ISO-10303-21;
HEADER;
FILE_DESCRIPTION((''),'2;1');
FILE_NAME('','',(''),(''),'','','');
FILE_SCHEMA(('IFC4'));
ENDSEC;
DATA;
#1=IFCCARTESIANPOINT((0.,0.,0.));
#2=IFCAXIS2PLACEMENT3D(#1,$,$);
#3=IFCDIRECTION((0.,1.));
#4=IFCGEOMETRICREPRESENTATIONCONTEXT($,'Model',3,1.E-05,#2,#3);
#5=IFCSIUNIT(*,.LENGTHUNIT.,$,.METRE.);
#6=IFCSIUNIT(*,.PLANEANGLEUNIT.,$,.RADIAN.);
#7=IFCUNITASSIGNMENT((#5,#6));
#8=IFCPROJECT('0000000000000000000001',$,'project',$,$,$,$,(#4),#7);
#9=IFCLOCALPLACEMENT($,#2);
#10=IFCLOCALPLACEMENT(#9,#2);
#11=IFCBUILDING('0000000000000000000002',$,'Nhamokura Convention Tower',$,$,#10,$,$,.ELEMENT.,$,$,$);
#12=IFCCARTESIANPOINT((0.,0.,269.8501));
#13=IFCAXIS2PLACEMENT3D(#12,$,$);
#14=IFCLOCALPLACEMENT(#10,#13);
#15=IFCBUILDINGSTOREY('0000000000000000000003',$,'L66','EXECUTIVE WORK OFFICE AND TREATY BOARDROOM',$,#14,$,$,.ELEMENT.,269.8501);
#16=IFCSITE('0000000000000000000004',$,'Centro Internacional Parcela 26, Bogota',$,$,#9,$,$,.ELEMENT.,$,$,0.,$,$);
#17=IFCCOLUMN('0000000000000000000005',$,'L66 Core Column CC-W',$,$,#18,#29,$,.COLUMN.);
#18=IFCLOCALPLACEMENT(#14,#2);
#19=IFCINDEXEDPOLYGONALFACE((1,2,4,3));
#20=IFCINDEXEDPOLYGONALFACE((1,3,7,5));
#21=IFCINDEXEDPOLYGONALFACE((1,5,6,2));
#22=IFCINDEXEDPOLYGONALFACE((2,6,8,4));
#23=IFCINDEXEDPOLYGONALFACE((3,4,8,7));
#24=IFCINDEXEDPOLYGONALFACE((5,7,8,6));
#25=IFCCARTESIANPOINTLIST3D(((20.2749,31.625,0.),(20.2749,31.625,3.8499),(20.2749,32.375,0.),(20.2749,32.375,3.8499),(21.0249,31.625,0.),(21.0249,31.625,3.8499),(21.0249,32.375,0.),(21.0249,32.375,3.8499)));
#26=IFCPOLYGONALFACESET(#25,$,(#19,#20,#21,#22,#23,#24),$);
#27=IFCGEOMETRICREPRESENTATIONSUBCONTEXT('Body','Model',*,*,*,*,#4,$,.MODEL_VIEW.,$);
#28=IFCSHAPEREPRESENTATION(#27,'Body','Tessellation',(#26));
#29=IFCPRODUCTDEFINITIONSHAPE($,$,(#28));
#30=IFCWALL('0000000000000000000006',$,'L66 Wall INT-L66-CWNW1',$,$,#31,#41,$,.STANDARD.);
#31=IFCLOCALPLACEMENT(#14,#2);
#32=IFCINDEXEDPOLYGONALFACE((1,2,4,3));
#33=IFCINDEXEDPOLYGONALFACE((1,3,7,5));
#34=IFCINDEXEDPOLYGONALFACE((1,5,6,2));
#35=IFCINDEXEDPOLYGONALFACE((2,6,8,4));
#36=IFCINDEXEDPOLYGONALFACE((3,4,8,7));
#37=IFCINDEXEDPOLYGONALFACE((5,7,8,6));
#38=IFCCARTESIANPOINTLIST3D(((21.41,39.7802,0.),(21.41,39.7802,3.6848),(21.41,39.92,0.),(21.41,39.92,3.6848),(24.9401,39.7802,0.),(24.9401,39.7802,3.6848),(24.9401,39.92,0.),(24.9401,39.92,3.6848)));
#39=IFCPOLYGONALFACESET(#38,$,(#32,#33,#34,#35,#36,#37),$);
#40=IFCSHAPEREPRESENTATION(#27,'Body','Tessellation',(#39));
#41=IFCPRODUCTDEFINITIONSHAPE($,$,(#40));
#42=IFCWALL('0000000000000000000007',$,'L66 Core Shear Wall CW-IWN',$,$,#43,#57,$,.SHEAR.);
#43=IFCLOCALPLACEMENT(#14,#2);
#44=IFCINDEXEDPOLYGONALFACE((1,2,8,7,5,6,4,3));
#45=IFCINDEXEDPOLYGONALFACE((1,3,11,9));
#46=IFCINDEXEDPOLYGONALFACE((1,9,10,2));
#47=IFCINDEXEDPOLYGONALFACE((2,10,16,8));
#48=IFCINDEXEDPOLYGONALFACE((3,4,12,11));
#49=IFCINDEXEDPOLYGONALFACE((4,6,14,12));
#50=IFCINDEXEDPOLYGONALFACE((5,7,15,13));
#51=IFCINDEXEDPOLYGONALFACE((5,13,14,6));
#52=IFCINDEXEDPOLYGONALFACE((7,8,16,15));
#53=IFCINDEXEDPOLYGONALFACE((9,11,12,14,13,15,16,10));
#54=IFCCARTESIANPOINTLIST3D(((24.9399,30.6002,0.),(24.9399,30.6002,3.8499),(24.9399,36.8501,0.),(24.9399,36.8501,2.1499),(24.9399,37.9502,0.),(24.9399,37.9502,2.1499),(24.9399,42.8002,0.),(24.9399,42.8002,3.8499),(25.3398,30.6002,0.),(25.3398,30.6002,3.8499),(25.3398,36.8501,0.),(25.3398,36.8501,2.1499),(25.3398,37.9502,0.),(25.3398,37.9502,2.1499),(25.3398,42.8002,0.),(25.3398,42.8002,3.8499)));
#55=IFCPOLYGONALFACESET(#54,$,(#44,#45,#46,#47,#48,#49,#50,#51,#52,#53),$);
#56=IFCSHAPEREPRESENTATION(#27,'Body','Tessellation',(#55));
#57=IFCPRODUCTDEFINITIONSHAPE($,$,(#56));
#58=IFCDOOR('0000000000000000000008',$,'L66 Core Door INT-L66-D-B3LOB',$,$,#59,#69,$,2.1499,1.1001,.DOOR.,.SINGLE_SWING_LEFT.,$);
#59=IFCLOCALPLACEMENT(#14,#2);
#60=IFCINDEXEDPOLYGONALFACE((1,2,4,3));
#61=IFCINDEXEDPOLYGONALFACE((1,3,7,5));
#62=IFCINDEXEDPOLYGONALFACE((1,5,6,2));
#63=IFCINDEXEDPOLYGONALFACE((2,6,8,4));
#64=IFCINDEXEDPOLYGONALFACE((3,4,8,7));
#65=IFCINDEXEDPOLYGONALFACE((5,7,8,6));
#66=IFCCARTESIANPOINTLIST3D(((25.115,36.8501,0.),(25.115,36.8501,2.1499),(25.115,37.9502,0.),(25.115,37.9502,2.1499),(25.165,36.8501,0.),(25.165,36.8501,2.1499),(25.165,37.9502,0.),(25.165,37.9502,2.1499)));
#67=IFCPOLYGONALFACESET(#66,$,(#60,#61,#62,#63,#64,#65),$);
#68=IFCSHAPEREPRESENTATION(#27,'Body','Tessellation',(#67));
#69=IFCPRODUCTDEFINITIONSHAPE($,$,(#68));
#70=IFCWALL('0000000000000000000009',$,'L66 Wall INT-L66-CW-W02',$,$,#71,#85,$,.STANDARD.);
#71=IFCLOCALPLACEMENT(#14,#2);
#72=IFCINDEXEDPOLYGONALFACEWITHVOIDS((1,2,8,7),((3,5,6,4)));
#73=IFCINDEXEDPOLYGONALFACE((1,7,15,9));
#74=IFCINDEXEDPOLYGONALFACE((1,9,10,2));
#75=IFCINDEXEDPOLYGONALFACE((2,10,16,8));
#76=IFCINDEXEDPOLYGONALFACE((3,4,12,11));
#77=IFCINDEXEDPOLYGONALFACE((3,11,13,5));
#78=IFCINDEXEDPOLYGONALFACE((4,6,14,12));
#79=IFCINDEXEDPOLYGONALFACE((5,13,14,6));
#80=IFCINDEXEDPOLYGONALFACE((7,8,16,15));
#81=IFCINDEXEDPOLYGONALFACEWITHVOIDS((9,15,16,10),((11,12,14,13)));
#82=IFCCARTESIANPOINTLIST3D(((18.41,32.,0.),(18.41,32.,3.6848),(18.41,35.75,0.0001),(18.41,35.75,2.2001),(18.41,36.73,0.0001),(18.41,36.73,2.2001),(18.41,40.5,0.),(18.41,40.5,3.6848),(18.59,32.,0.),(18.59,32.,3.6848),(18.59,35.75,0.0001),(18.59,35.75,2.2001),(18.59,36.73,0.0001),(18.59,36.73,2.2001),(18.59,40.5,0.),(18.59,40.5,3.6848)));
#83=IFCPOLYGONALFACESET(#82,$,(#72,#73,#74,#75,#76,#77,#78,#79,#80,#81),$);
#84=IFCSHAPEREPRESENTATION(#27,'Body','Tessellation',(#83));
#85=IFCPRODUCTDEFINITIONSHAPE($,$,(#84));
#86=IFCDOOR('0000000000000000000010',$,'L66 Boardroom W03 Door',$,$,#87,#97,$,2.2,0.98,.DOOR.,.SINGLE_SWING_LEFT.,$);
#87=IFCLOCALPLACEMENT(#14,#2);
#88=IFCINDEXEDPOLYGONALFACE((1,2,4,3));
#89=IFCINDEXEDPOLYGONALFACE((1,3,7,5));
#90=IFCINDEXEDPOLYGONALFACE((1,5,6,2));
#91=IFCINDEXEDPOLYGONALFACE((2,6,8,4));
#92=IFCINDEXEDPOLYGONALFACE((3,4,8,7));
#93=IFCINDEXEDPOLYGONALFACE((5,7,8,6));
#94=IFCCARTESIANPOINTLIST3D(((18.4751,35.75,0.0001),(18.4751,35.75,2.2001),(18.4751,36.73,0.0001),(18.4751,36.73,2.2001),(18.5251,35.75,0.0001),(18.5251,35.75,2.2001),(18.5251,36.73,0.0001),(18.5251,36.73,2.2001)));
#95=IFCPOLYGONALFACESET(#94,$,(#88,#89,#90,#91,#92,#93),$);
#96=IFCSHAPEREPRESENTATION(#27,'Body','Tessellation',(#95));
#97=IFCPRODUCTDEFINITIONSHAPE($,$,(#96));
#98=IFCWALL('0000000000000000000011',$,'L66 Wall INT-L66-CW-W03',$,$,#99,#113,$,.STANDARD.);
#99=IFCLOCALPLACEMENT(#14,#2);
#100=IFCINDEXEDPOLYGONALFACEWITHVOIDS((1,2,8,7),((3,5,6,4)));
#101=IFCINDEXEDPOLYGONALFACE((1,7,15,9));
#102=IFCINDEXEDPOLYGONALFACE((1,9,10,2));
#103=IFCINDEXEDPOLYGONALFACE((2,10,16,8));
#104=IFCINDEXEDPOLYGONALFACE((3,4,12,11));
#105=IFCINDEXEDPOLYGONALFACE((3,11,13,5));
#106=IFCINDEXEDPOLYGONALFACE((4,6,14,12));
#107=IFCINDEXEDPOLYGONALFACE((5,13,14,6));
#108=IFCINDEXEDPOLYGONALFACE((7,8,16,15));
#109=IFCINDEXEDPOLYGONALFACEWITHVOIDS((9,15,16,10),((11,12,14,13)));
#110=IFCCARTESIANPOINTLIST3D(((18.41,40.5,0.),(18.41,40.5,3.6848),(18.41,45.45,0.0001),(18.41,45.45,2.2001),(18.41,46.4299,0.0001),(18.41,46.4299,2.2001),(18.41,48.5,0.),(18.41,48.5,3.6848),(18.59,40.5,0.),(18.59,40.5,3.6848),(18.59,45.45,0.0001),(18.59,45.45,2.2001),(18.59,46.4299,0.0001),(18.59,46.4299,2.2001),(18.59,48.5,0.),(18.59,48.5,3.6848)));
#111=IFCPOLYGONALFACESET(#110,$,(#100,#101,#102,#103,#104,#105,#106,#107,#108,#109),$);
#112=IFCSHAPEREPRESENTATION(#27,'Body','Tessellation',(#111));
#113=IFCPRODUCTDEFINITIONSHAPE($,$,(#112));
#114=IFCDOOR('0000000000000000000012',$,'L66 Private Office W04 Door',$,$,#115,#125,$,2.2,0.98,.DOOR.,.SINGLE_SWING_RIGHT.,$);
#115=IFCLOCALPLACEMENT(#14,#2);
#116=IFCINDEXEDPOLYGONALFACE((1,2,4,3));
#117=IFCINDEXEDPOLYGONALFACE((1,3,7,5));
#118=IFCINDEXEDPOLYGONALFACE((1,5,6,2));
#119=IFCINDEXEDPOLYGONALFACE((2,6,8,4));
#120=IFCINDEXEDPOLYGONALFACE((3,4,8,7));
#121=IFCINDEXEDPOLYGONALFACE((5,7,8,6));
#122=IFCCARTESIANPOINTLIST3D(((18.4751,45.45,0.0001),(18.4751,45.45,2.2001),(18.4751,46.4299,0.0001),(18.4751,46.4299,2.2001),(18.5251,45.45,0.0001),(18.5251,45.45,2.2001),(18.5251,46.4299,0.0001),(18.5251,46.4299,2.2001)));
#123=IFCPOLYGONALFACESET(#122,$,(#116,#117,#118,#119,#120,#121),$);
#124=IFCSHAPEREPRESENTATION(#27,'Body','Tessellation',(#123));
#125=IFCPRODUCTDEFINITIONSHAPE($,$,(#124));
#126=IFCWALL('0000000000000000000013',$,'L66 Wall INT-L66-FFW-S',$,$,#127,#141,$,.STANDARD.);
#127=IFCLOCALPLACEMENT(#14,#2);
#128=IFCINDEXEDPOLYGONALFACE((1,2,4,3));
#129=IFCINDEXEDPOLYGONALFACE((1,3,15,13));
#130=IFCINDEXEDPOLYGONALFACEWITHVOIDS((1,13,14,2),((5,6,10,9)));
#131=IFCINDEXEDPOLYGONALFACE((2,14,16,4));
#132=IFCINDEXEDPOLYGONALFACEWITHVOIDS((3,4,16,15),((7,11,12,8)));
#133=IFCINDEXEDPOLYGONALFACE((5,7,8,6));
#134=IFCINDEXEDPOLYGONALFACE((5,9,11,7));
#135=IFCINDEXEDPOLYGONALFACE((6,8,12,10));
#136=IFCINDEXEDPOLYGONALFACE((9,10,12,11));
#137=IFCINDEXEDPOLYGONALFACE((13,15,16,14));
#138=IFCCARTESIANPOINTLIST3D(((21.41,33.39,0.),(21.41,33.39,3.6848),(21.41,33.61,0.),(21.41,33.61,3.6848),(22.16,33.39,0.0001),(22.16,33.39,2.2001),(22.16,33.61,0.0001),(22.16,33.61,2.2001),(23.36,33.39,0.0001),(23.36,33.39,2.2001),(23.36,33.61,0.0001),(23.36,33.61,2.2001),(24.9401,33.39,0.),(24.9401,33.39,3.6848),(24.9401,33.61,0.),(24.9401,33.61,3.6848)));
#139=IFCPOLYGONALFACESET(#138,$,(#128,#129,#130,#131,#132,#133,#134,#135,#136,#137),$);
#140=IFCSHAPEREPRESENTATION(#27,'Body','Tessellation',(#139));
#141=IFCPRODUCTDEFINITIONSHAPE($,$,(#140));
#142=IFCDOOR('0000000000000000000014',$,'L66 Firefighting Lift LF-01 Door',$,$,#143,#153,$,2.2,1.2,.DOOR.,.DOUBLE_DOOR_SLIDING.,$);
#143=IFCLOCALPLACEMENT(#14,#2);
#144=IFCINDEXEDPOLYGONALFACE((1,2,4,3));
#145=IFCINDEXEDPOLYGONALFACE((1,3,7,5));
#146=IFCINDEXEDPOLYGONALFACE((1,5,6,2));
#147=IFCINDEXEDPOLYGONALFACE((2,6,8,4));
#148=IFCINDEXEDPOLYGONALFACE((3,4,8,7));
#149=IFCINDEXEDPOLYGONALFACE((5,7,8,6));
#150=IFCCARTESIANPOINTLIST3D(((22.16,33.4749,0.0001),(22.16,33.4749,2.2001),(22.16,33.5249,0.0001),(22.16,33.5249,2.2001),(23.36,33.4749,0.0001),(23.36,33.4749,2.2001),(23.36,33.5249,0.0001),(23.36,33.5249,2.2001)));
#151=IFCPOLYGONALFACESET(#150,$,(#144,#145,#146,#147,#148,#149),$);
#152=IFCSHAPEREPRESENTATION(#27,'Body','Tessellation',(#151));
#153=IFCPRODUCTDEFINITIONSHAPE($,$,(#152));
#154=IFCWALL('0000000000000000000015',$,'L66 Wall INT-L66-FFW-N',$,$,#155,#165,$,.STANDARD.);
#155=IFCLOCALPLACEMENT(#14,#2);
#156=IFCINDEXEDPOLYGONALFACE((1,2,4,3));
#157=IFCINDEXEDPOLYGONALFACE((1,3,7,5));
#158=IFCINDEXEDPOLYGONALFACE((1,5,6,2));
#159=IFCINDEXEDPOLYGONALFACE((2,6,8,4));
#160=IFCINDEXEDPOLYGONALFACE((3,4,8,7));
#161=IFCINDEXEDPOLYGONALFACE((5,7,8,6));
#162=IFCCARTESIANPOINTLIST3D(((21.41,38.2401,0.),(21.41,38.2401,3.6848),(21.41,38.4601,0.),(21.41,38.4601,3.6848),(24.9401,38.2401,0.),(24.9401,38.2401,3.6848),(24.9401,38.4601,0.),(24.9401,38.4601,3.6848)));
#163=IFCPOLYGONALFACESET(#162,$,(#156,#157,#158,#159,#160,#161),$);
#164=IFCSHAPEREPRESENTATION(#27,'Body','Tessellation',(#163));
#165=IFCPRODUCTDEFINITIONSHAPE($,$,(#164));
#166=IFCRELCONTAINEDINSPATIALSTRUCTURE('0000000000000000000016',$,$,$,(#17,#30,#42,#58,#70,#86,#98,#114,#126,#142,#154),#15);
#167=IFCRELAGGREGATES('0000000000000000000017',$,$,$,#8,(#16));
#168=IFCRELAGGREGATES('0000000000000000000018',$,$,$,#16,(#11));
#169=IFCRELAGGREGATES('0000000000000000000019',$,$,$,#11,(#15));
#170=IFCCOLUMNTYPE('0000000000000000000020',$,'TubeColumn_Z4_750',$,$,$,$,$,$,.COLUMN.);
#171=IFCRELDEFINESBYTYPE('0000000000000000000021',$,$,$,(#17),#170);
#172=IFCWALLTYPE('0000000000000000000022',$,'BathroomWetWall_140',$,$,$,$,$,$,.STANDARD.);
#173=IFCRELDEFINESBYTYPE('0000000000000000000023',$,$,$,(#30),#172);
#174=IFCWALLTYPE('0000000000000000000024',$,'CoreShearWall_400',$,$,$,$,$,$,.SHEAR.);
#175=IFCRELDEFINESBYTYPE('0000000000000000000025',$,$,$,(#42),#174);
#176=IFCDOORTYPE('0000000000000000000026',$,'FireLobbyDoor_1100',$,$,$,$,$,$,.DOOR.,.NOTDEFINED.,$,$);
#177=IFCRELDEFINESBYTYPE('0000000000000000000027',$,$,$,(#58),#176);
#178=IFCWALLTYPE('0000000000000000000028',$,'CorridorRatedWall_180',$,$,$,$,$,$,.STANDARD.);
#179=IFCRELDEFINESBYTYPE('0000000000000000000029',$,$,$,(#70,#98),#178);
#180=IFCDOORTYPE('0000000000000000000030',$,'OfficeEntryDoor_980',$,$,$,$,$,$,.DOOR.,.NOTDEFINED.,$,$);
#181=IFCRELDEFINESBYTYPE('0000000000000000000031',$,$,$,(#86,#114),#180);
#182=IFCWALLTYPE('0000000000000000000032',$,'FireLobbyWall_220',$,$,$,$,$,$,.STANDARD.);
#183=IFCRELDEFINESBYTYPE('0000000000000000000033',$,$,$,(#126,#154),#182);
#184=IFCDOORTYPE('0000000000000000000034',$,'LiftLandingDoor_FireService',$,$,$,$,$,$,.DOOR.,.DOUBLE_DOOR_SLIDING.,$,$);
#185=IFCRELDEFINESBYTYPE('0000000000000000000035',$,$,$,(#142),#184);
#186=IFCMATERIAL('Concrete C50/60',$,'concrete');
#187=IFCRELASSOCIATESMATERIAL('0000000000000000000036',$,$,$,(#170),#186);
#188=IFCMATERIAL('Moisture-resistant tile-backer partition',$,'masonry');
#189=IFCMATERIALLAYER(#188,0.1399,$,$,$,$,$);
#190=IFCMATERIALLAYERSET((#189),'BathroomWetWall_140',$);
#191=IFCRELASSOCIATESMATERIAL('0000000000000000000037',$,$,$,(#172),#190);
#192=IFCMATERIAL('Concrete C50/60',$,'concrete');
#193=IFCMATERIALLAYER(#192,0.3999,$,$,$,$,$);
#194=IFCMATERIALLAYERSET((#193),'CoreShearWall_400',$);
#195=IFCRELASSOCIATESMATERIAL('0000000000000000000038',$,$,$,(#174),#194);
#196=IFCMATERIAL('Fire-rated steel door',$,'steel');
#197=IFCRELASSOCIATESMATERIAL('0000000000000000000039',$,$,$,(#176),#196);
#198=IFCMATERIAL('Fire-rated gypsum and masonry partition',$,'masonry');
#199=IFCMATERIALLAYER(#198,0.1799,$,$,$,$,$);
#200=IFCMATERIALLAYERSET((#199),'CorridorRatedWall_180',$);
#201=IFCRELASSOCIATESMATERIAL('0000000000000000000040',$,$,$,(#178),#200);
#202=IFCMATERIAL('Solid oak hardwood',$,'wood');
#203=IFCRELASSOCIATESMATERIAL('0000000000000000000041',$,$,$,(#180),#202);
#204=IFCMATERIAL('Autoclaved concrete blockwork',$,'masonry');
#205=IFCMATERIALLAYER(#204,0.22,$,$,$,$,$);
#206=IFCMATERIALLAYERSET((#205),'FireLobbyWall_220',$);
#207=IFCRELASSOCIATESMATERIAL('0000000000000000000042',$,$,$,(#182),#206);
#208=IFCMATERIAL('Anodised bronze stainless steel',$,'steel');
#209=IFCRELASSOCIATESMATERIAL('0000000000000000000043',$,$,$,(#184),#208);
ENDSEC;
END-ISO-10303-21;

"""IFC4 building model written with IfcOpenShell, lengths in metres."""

from ifc_helpers import new_model, si_unit, direction, frame, frame_2d, origin, origin_2d, place, context, subcontext, project, spatial, rectangle, extrude, material, layer, layer_set, material_profile, profile_set, type_object, element, fill, save


model = new_model("IFC4")

# Units and contexts
model_context = context("Model", 3, precision=1e-05, world=origin(), true_north=direction((0.0, 1.0)))
body_context = subcontext(model_context, "Body", "Model", "MODEL_VIEW")
ifc_project = project(units=[si_unit("LENGTHUNIT", "METRE"), si_unit("PLANEANGLEUNIT", "RADIAN")], contexts=[model_context])

# Site, building, storey
site_placement = place(None, origin())
site = spatial("IfcSite", under=ifc_project, at=site_placement, Name="Centro Internacional Parcela 26, Bogota", CompositionType="ELEMENT", RefElevation=0.0)
building_placement = place(site_placement, origin())
building = spatial("IfcBuilding", under=site, at=building_placement, Name="Nhamokura Convention Tower", CompositionType="ELEMENT")
storey_placement = place(building_placement, frame((0.0, 0.0, 269.8501)))
storey = spatial("IfcBuildingStorey", under=building, at=storey_placement, Name="L66", Description="EXECUTIVE WORK OFFICE AND TREATY BOARDROOM", CompositionType="ELEMENT", Elevation=269.8501)

# Column
ifc_material_1 = material(Name="Concrete C50/60", Category="concrete")
ifc_material_profile = material_profile(ifc_material_1, rectangle(XDim=0.75, YDim=0.75, at=origin_2d()))
ifc_profile_set = profile_set([ifc_material_profile], Name="Concrete C50/60")
column_type = type_object("IfcColumnType", Name="TubeColumn_Z4_750", PredefinedType="COLUMN", material=ifc_profile_set)
column_placement = place(storey_placement, frame((20.6499, 32.0, 0.0), z_axis=(0.0, 0.0, 1.0), x_axis=(1.0, 0.0, 0.0)))
element("IfcColumn", 1, at=column_placement, inside=storey, type_object=column_type, Name="L66 Core Column CC-W", PredefinedType="COLUMN", context=body_context, shape_type="SweptSolid", body=[
    extrude(rectangle(XDim=0.75, YDim=0.75, at=origin_2d()), origin(), (0.0, 0.0, 1.0), 3.8499),
])

# Wall
ifc_material_2 = material(Name="Moisture-resistant tile-backer partition", Category="masonry")
ifc_layer_1 = layer(ifc_material_2, 0.1399)
ifc_layer_set_1 = layer_set([ifc_layer_1], Name="BathroomWetWall_140")
wall_type_1 = type_object("IfcWallType", Name="BathroomWetWall_140", PredefinedType="STANDARD", material=ifc_layer_set_1)
wall_1_placement = place(storey_placement, frame((21.4099, 39.8501, 0.0), z_axis=(0.0, 0.0, 1.0), x_axis=(1.0, 0.0, 0.0)))
element("IfcWall", 2, at=wall_1_placement, inside=storey, type_object=wall_type_1, Name="L66 Wall INT-L66-CWNW1", PredefinedType="STANDARD", context=body_context, shape_type="SweptSolid", body=[
    extrude(rectangle(XDim=3.53, YDim=0.1399, at=frame_2d((1.7651, 0.0))), origin(), (0.0, 0.0, 1.0), 3.6848),
])

# Walls, openings, doors
ifc_material_3 = material(Name="Concrete C50/60", Category="concrete")
ifc_layer_2 = layer(ifc_material_3, 0.3999)
ifc_layer_set_2 = layer_set([ifc_layer_2], Name="CoreShearWall_400")
wall_type_2 = type_object("IfcWallType", Name="CoreShearWall_400", PredefinedType="SHEAR", material=ifc_layer_set_2)
wall_2_placement = place(storey_placement, frame((25.1399, 30.6001, 0.0), z_axis=(0.0, 0.0, 1.0), x_axis=(0.0, 1.0, 0.0)))
wall_2 = element("IfcWall", 3, at=wall_2_placement, inside=storey, type_object=wall_type_2, Name="L66 Core Shear Wall CW-IWN", PredefinedType="SHEAR", context=body_context, shape_type="SweptSolid", body=[
    extrude(rectangle(XDim=12.2, YDim=0.3999, at=frame_2d((6.1001, 0.0))), origin(), (0.0, 0.0, 1.0), 3.8499),
])
opening_1_placement = place(wall_2_placement, frame((6.25, 0.0, 0.0)))
opening_1 = element("IfcOpeningElement", 4, at=opening_1_placement, cuts=wall_2, PredefinedType="OPENING", context=body_context, shape_type="SweptSolid", body=[
    extrude(rectangle(XDim=1.1001, YDim=2.1499, at=frame_2d((0.55, 1.075))), frame((0.0, 0.21, 0.0), z_axis=(0.0, -1.0, 0.0), x_axis=(1.0, 0.0, 0.0)), (0.0, 0.0, 1.0), 0.4199),
])
ifc_material_4 = material(Name="Fire-rated steel door", Category="steel")
door_type_1 = type_object("IfcDoorType", Name="FireLobbyDoor_1100", OperationType="NOTDEFINED", PredefinedType="DOOR", material=ifc_material_4)
door_1_placement = place(opening_1_placement, origin())
door_1 = element("IfcDoor", 5, at=door_1_placement, inside=storey, type_object=door_type_1, Name="L66 Core Door INT-L66-D-B3LOB", OperationType="SINGLE_SWING_LEFT", OverallHeight=2.1499, OverallWidth=1.1001, PredefinedType="DOOR", context=body_context, shape_type="SweptSolid", body=[
    extrude(rectangle(XDim=1.1001, YDim=2.1499, at=frame_2d((0.55, 1.075))), frame((0.0, 0.0249, 0.0), z_axis=(0.0, -1.0, 0.0), x_axis=(1.0, 0.0, 0.0)), (0.0, 0.0, 1.0), 0.05),
])
fill(opening_1, door_1)
ifc_material_5 = material(Name="Fire-rated gypsum and masonry partition", Category="masonry")
ifc_layer_3 = layer(ifc_material_5, 0.1799)
ifc_layer_set_3 = layer_set([ifc_layer_3], Name="CorridorRatedWall_180")
wall_type_3 = type_object("IfcWallType", Name="CorridorRatedWall_180", PredefinedType="STANDARD", material=ifc_layer_set_3)
wall_3_placement = place(storey_placement, frame((18.5, 32.0, 0.0), z_axis=(0.0, 0.0, 1.0), x_axis=(0.0, 1.0, 0.0)))
wall_3 = element("IfcWall", 6, at=wall_3_placement, inside=storey, type_object=wall_type_3, Name="L66 Wall INT-L66-CW-W02", PredefinedType="STANDARD", context=body_context, shape_type="SweptSolid", body=[
    extrude(rectangle(XDim=8.5, YDim=0.1799, at=frame_2d((4.25, 0.0))), origin(), (0.0, 0.0, 1.0), 3.6848),
])
opening_2_placement = place(wall_3_placement, frame((3.75, 0.0, 0.0)))
opening_2 = element("IfcOpeningElement", 7, at=opening_2_placement, cuts=wall_3, PredefinedType="OPENING", context=body_context, shape_type="SweptSolid", body=[
    extrude(rectangle(XDim=0.98, YDim=2.2, at=frame_2d((0.49, 1.1001))), frame((0.0, 0.0999, 0.0), z_axis=(0.0, -1.0, 0.0), x_axis=(1.0, 0.0, 0.0)), (0.0, 0.0, 1.0), 0.2),
])
ifc_material_6 = material(Name="Solid oak hardwood", Category="wood")
door_type_2 = type_object("IfcDoorType", Name="OfficeEntryDoor_980", OperationType="NOTDEFINED", PredefinedType="DOOR", material=ifc_material_6)
door_2_placement = place(opening_2_placement, origin())
door_2 = element("IfcDoor", 8, at=door_2_placement, inside=storey, type_object=door_type_2, Name="L66 Boardroom W03 Door", OperationType="SINGLE_SWING_LEFT", OverallHeight=2.2, OverallWidth=0.98, PredefinedType="DOOR", context=body_context, shape_type="SweptSolid", body=[
    extrude(rectangle(XDim=0.98, YDim=2.2, at=frame_2d((0.49, 1.1001))), frame((0.0, 0.0249, 0.0), z_axis=(0.0, -1.0, 0.0), x_axis=(1.0, 0.0, 0.0)), (0.0, 0.0, 1.0), 0.05),
])
fill(opening_2, door_2)
wall_4_placement = place(storey_placement, frame((18.5, 40.5, 0.0), z_axis=(0.0, 0.0, 1.0), x_axis=(0.0, 1.0, 0.0)))
wall_4 = element("IfcWall", 9, at=wall_4_placement, inside=storey, type_object=wall_type_3, Name="L66 Wall INT-L66-CW-W03", PredefinedType="STANDARD", context=body_context, shape_type="SweptSolid", body=[
    extrude(rectangle(XDim=8.0, YDim=0.1799, at=frame_2d((4.0, 0.0))), origin(), (0.0, 0.0, 1.0), 3.6848),
])
opening_3_placement = place(wall_4_placement, frame((4.95, 0.0, 0.0)))
opening_3 = element("IfcOpeningElement", 10, at=opening_3_placement, cuts=wall_4, PredefinedType="OPENING", context=body_context, shape_type="SweptSolid", body=[
    extrude(rectangle(XDim=0.98, YDim=2.2, at=frame_2d((0.49, 1.1001))), frame((0.0, 0.0999, 0.0), z_axis=(0.0, -1.0, 0.0), x_axis=(1.0, 0.0, 0.0)), (0.0, 0.0, 1.0), 0.2),
])
door_3_placement = place(opening_3_placement, origin())
door_3 = element("IfcDoor", 11, at=door_3_placement, inside=storey, type_object=door_type_2, Name="L66 Private Office W04 Door", OperationType="SINGLE_SWING_RIGHT", OverallHeight=2.2, OverallWidth=0.98, PredefinedType="DOOR", context=body_context, shape_type="SweptSolid", body=[
    extrude(rectangle(XDim=0.98, YDim=2.2, at=frame_2d((0.49, 1.1001))), frame((0.0, 0.0249, 0.0), z_axis=(0.0, -1.0, 0.0), x_axis=(1.0, 0.0, 0.0)), (0.0, 0.0, 1.0), 0.05),
])
fill(opening_3, door_3)
ifc_material_7 = material(Name="Autoclaved concrete blockwork", Category="masonry")
ifc_layer_4 = layer(ifc_material_7, 0.22)
ifc_layer_set_4 = layer_set([ifc_layer_4], Name="FireLobbyWall_220")
wall_type_4 = type_object("IfcWallType", Name="FireLobbyWall_220", PredefinedType="STANDARD", material=ifc_layer_set_4)
wall_5_placement = place(storey_placement, frame((21.4099, 33.5, 0.0), z_axis=(0.0, 0.0, 1.0), x_axis=(1.0, 0.0, 0.0)))
wall_5 = element("IfcWall", 12, at=wall_5_placement, inside=storey, type_object=wall_type_4, Name="L66 Wall INT-L66-FFW-S", PredefinedType="STANDARD", context=body_context, shape_type="SweptSolid", body=[
    extrude(rectangle(XDim=3.53, YDim=0.22, at=frame_2d((1.7651, 0.0))), origin(), (0.0, 0.0, 1.0), 3.6848),
])
opening_4_placement = place(wall_5_placement, frame((0.75, 0.0, 0.0)))
opening_4 = element("IfcOpeningElement", 13, at=opening_4_placement, cuts=wall_5, PredefinedType="OPENING", context=body_context, shape_type="SweptSolid", body=[
    extrude(rectangle(XDim=1.2, YDim=2.2, at=frame_2d((0.6001, 1.1001))), frame((0.0, 0.1199, 0.0), z_axis=(0.0, -1.0, 0.0), x_axis=(1.0, 0.0, 0.0)), (0.0, 0.0, 1.0), 0.24),
])
ifc_material_8 = material(Name="Anodised bronze stainless steel", Category="steel")
door_type_3 = type_object("IfcDoorType", Name="LiftLandingDoor_FireService", OperationType="DOUBLE_DOOR_SLIDING", PredefinedType="DOOR", material=ifc_material_8)
door_4_placement = place(opening_4_placement, origin())
door_4 = element("IfcDoor", 14, at=door_4_placement, inside=storey, type_object=door_type_3, Name="L66 Firefighting Lift LF-01 Door", OperationType="DOUBLE_DOOR_SLIDING", OverallHeight=2.2, OverallWidth=1.2, PredefinedType="DOOR", context=body_context, shape_type="SweptSolid", body=[
    extrude(rectangle(XDim=1.2, YDim=2.2, at=frame_2d((0.6001, 1.1001))), frame((0.0, 0.0249, 0.0), z_axis=(0.0, -1.0, 0.0), x_axis=(1.0, 0.0, 0.0)), (0.0, 0.0, 1.0), 0.05),
])
fill(opening_4, door_4)

# Wall
wall_6_placement = place(storey_placement, frame((21.4099, 38.3501, 0.0), z_axis=(0.0, 0.0, 1.0), x_axis=(1.0, 0.0, 0.0)))
element("IfcWall", 15, at=wall_6_placement, inside=storey, type_object=wall_type_4, Name="L66 Wall INT-L66-FFW-N", PredefinedType="STANDARD", context=body_context, shape_type="SweptSolid", body=[
    extrude(rectangle(XDim=3.53, YDim=0.22, at=frame_2d((1.7651, 0.0))), origin(), (0.0, 0.0, 1.0), 3.6848),
])

save(model, "model.ifc")
